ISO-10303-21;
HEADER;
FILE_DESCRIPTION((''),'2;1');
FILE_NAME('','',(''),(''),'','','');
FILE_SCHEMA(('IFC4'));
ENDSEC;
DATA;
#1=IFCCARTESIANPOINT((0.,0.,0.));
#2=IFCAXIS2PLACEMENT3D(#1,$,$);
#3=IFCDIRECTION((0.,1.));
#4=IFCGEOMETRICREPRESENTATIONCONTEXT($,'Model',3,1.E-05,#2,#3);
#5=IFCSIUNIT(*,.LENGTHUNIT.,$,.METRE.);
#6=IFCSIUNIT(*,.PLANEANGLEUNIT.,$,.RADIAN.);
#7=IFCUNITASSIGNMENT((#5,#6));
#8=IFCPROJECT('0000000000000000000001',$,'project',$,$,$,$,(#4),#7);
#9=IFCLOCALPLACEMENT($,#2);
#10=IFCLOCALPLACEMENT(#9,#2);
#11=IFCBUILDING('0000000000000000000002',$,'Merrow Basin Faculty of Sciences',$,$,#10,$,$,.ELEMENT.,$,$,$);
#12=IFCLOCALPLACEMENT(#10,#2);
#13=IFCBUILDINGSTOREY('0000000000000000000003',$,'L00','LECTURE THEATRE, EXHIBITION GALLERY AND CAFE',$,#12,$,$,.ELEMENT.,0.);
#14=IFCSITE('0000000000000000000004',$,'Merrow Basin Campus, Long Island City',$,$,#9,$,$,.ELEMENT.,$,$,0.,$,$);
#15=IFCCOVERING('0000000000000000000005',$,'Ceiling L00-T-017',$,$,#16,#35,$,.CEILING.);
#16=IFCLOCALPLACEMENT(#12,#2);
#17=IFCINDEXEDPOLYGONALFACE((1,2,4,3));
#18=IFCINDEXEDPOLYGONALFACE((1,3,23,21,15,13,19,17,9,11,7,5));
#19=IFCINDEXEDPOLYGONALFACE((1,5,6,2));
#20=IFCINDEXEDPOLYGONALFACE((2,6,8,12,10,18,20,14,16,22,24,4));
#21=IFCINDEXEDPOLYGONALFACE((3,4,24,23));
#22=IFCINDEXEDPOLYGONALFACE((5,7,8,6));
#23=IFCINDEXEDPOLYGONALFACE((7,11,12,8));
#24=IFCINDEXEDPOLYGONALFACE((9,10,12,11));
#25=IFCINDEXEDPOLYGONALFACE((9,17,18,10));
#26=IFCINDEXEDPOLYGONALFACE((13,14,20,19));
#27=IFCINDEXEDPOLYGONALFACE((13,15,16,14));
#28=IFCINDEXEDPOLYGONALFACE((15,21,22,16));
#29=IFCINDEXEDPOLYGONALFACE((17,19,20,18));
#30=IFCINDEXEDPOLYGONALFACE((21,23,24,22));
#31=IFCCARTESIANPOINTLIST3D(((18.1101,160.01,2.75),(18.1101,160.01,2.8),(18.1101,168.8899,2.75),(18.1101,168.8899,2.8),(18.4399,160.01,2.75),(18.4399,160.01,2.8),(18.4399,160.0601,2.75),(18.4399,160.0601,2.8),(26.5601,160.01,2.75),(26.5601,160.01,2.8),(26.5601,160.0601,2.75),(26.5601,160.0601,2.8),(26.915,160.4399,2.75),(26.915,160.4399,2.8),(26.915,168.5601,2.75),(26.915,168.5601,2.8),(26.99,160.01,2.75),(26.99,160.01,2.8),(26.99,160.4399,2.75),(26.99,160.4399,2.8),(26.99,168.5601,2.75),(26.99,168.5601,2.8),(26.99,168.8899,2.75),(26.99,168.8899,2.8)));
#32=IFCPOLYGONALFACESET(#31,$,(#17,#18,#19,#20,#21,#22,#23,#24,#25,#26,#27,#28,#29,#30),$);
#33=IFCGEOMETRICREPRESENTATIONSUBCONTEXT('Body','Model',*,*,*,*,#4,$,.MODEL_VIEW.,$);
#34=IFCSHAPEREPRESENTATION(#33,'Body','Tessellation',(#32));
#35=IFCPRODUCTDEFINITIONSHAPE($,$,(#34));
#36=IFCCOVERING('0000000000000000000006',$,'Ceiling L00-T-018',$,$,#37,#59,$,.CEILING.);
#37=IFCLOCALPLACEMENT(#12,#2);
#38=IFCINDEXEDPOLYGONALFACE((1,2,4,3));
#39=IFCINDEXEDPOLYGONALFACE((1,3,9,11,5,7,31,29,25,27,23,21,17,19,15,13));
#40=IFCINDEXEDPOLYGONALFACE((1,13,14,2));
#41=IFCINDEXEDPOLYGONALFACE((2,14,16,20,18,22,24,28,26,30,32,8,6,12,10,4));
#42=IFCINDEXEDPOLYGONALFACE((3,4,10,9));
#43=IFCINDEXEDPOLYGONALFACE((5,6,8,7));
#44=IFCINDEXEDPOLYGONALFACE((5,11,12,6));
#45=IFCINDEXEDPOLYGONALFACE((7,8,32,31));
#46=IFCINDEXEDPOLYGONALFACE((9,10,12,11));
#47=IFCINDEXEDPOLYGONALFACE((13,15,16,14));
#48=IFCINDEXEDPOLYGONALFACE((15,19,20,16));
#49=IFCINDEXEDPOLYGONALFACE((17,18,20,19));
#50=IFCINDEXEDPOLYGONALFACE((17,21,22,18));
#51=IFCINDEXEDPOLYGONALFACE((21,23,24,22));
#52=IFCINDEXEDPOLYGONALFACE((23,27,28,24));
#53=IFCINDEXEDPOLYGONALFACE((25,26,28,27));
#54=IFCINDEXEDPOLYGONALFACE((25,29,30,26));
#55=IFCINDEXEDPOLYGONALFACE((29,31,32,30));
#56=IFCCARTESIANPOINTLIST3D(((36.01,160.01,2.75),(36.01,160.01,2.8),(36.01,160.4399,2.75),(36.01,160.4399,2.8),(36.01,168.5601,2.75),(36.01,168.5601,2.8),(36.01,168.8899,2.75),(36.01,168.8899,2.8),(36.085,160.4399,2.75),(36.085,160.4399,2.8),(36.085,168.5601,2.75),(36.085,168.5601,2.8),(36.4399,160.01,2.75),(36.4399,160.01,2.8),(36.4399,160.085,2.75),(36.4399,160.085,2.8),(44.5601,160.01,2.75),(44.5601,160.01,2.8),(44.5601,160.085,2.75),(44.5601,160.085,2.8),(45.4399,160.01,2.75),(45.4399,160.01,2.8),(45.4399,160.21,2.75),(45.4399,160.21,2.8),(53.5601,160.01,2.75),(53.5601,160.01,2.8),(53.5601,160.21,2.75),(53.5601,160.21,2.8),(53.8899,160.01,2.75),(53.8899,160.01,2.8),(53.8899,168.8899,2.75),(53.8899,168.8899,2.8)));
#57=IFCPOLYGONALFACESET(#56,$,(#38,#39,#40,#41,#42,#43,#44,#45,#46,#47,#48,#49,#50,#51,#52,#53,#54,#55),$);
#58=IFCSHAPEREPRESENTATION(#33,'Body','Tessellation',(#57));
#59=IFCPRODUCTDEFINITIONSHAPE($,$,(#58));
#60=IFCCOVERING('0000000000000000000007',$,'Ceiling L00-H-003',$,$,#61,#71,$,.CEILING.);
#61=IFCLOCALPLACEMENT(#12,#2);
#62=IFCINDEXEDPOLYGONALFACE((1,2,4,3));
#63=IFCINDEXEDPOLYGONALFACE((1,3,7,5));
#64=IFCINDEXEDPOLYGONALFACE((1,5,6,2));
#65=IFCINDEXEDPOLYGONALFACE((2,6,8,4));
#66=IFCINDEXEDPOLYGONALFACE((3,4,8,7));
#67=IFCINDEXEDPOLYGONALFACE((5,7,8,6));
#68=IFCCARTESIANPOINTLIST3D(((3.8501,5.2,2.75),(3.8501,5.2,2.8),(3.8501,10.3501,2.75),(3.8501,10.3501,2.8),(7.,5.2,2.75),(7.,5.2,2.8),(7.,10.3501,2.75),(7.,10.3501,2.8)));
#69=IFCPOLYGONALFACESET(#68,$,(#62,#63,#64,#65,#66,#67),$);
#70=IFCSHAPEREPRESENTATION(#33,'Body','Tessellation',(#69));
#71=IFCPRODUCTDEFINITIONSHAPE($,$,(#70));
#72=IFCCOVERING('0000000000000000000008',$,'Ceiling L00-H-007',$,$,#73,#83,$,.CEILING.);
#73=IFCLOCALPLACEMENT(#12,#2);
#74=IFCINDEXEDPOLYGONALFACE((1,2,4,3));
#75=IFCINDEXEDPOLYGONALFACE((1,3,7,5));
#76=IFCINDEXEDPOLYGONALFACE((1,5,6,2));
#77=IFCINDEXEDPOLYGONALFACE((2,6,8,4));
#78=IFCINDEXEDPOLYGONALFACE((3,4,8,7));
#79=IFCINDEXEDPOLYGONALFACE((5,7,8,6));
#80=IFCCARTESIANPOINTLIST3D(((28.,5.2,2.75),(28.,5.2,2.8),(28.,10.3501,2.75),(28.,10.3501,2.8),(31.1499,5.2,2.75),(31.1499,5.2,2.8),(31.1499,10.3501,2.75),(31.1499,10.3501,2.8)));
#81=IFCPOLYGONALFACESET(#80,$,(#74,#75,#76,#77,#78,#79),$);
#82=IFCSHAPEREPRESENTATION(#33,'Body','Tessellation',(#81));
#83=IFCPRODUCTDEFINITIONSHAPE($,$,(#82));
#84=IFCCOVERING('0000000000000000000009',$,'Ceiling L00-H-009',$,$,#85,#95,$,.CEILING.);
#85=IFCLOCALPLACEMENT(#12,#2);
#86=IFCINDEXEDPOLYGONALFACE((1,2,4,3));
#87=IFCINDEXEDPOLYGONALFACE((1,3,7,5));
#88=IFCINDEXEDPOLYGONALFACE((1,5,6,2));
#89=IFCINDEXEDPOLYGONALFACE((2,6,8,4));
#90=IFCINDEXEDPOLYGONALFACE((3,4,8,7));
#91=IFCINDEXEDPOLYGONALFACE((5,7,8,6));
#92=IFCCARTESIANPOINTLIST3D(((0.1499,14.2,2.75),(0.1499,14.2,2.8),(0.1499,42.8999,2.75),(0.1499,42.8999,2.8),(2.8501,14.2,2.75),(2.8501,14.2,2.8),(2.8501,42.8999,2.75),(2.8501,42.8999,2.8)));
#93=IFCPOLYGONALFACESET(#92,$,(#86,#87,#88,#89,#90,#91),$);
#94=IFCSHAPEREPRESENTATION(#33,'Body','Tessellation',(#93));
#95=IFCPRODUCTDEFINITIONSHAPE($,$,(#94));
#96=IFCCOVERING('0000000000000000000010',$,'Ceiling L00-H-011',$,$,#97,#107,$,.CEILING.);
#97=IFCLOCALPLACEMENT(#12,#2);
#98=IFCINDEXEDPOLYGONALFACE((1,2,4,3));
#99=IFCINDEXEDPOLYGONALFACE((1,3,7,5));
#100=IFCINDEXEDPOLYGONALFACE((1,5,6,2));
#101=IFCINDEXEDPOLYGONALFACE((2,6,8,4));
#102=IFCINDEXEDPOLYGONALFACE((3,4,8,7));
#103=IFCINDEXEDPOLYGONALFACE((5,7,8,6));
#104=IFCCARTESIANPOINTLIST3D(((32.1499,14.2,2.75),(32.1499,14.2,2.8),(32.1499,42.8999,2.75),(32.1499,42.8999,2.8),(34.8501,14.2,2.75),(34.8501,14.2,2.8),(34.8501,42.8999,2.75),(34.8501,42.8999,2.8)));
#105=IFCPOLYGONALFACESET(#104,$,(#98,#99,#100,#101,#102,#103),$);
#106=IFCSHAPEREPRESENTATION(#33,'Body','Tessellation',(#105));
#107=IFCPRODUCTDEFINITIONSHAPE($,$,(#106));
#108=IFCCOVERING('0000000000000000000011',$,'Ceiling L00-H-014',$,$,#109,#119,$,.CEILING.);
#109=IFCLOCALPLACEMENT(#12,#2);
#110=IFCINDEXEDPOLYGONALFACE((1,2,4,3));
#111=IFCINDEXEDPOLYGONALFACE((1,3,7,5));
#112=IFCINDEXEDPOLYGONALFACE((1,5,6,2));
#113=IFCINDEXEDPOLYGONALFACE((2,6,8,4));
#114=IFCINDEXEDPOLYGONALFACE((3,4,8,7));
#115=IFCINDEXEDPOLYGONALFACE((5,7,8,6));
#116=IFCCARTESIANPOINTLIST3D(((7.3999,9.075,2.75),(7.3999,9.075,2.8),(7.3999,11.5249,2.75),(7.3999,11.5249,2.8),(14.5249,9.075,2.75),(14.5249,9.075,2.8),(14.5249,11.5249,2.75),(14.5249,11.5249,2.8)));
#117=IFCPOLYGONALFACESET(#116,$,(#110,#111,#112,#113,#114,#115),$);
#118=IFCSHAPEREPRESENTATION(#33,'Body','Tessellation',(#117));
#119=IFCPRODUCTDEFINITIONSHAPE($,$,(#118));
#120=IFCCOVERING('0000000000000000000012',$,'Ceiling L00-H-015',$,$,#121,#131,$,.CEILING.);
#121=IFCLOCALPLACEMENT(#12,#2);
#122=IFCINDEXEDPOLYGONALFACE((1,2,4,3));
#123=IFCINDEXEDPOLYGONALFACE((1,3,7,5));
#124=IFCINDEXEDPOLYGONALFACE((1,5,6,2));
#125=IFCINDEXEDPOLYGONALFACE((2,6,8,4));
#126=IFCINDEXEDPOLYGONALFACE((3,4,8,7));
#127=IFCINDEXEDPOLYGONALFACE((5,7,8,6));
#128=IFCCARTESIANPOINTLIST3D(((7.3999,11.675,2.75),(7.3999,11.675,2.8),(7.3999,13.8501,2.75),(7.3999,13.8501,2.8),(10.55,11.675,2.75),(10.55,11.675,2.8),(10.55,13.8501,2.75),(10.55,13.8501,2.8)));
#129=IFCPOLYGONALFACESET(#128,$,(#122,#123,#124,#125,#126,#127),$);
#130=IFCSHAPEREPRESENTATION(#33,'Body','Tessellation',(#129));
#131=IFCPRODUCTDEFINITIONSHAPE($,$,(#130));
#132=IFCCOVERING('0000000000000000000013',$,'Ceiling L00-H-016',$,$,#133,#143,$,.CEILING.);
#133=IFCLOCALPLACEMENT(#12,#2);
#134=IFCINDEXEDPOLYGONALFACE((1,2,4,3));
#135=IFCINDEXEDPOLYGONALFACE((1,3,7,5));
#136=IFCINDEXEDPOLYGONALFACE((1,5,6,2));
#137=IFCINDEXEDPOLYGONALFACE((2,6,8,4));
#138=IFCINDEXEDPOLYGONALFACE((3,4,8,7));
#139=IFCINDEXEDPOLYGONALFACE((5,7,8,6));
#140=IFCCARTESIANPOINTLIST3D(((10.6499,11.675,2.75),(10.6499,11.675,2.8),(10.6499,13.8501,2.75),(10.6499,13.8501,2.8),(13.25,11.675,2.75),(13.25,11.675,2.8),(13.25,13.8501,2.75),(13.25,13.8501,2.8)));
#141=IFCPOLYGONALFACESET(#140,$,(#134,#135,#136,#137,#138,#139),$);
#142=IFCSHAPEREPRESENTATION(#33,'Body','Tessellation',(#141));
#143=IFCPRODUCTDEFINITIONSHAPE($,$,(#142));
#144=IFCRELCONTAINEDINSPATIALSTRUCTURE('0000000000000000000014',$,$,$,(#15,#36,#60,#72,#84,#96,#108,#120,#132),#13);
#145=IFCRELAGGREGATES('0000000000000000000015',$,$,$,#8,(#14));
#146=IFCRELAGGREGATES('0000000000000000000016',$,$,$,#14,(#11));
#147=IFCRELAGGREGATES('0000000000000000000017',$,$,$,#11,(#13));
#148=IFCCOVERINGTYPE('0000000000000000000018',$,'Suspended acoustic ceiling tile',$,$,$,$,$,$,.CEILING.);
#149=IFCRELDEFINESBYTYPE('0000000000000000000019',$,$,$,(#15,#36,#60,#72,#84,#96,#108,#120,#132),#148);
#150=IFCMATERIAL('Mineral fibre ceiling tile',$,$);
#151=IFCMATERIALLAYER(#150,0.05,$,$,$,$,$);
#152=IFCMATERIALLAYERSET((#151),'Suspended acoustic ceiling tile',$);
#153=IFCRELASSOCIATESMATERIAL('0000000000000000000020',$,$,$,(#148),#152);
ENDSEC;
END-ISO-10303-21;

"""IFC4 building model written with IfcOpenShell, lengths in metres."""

from ifc_helpers import new_model, si_unit, direction, frame, origin, place, context, subcontext, project, spatial, polyline, outline, extrude, material, layer, layer_set, type_object, element, save


model = new_model("IFC4")

# Units and contexts
model_context = context("Model", 3, precision=1e-05, world=origin(), true_north=direction((0.0, 1.0)))
body_context = subcontext(model_context, "Body", "Model", "MODEL_VIEW")
ifc_project = project(units=[si_unit("LENGTHUNIT", "METRE"), si_unit("PLANEANGLEUNIT", "RADIAN")], contexts=[model_context])

# Site, building, storey
site_placement = place(None, origin())
site = spatial("IfcSite", under=ifc_project, at=site_placement, Name="Merrow Basin Campus, Long Island City", CompositionType="ELEMENT", RefElevation=0.0)
building_placement = place(site_placement, origin())
building = spatial("IfcBuilding", under=site, at=building_placement, Name="Merrow Basin Faculty of Sciences", CompositionType="ELEMENT")
storey_placement = place(building_placement, origin())
storey = spatial("IfcBuildingStorey", under=building, at=storey_placement, Name="L00", Description="LECTURE THEATRE, EXHIBITION GALLERY AND CAFE", CompositionType="ELEMENT", Elevation=0.0)

# Coverings
ifc_material = material(Name="Mineral fibre ceiling tile")
ifc_layer = layer(ifc_material, 0.05)
ifc_layer_set = layer_set([ifc_layer], Name="Suspended acoustic ceiling tile")
covering_type = type_object("IfcCoveringType", Name="Suspended acoustic ceiling tile", PredefinedType="CEILING", material=ifc_layer_set)
covering_1_placement = place(storey_placement, frame((0.0, 0.0, 2.75)))
element("IfcCovering", 1, at=covering_1_placement, inside=storey, type_object=covering_type, Name="Ceiling L00-T-017", PredefinedType="CEILING", context=body_context, shape_type="SweptSolid", body=[
    extrude(outline(polyline([(26.5601, 160.01), (26.5601, 160.0601), (18.4399, 160.0601), (18.4399, 160.01), (18.1101, 160.01), (18.1101, 168.8899), (26.99, 168.8899), (26.99, 168.5601), (26.915, 168.5601), (26.915, 160.4399), (26.99, 160.4399), (26.99, 160.01), (26.5601, 160.01)])), origin(), (0.0, 0.0, 1.0), 0.05),
])
covering_2_placement = place(storey_placement, frame((0.0, 0.0, 2.75)))
element("IfcCovering", 2, at=covering_2_placement, inside=storey, type_object=covering_type, Name="Ceiling L00-T-018", PredefinedType="CEILING", context=body_context, shape_type="SweptSolid", body=[
    extrude(outline(polyline([(36.01, 160.4399), (36.085, 160.4399), (36.085, 168.5601), (36.01, 168.5601), (36.01, 168.8899), (53.8899, 168.8899), (53.8899, 160.01), (53.5601, 160.01), (53.5601, 160.21), (45.4399, 160.21), (45.4399, 160.01), (44.5601, 160.01), (44.5601, 160.085), (36.4399, 160.085), (36.4399, 160.01), (36.01, 160.01), (36.01, 160.4399)])), origin(), (0.0, 0.0, 1.0), 0.05),
])
covering_3_placement = place(storey_placement, frame((0.0, 0.0, 2.75)))
element("IfcCovering", 3, at=covering_3_placement, inside=storey, type_object=covering_type, Name="Ceiling L00-H-003", PredefinedType="CEILING", context=body_context, shape_type="SweptSolid", body=[
    extrude(outline(polyline([(3.8501, 5.2), (3.8501, 10.3501), (7.0, 10.3501), (7.0, 5.2), (3.8501, 5.2)])), origin(), (0.0, 0.0, 1.0), 0.05),
])
covering_4_placement = place(storey_placement, frame((0.0, 0.0, 2.75)))
element("IfcCovering", 4, at=covering_4_placement, inside=storey, type_object=covering_type, Name="Ceiling L00-H-007", PredefinedType="CEILING", context=body_context, shape_type="SweptSolid", body=[
    extrude(outline(polyline([(31.1499, 5.2), (28.0, 5.2), (28.0, 10.3501), (31.1499, 10.3501), (31.1499, 5.2)])), origin(), (0.0, 0.0, 1.0), 0.05),
])
covering_5_placement = place(storey_placement, frame((0.0, 0.0, 2.75)))
element("IfcCovering", 5, at=covering_5_placement, inside=storey, type_object=covering_type, Name="Ceiling L00-H-009", PredefinedType="CEILING", context=body_context, shape_type="SweptSolid", body=[
    extrude(outline(polyline([(2.8501, 42.8999), (2.8501, 14.2), (0.1499, 14.2), (0.1499, 42.8999), (2.8501, 42.8999)])), origin(), (0.0, 0.0, 1.0), 0.05),
])
covering_6_placement = place(storey_placement, frame((0.0, 0.0, 2.75)))
element("IfcCovering", 6, at=covering_6_placement, inside=storey, type_object=covering_type, Name="Ceiling L00-H-011", PredefinedType="CEILING", context=body_context, shape_type="SweptSolid", body=[
    extrude(outline(polyline([(34.8501, 42.8999), (34.8501, 14.2), (32.1499, 14.2), (32.1499, 42.8999), (34.8501, 42.8999)])), origin(), (0.0, 0.0, 1.0), 0.05),
])
covering_7_placement = place(storey_placement, frame((0.0, 0.0, 2.75)))
element("IfcCovering", 7, at=covering_7_placement, inside=storey, type_object=covering_type, Name="Ceiling L00-H-014", PredefinedType="CEILING", context=body_context, shape_type="SweptSolid", body=[
    extrude(outline(polyline([(7.3999, 9.075), (7.3999, 11.5249), (14.5249, 11.5249), (14.5249, 9.075), (7.3999, 9.075)])), origin(), (0.0, 0.0, 1.0), 0.05),
])
covering_8_placement = place(storey_placement, frame((0.0, 0.0, 2.75)))
element("IfcCovering", 8, at=covering_8_placement, inside=storey, type_object=covering_type, Name="Ceiling L00-H-015", PredefinedType="CEILING", context=body_context, shape_type="SweptSolid", body=[
    extrude(outline(polyline([(10.55, 11.675), (7.3999, 11.675), (7.3999, 13.8501), (10.55, 13.8501), (10.55, 11.675)])), origin(), (0.0, 0.0, 1.0), 0.05),
])
covering_9_placement = place(storey_placement, frame((0.0, 0.0, 2.75)))
element("IfcCovering", 9, at=covering_9_placement, inside=storey, type_object=covering_type, Name="Ceiling L00-H-016", PredefinedType="CEILING", context=body_context, shape_type="SweptSolid", body=[
    extrude(outline(polyline([(10.6499, 11.675), (10.6499, 13.8501), (13.25, 13.8501), (13.25, 11.675), (10.6499, 11.675)])), origin(), (0.0, 0.0, 1.0), 0.05),
])

save(model, "model.ifc")
